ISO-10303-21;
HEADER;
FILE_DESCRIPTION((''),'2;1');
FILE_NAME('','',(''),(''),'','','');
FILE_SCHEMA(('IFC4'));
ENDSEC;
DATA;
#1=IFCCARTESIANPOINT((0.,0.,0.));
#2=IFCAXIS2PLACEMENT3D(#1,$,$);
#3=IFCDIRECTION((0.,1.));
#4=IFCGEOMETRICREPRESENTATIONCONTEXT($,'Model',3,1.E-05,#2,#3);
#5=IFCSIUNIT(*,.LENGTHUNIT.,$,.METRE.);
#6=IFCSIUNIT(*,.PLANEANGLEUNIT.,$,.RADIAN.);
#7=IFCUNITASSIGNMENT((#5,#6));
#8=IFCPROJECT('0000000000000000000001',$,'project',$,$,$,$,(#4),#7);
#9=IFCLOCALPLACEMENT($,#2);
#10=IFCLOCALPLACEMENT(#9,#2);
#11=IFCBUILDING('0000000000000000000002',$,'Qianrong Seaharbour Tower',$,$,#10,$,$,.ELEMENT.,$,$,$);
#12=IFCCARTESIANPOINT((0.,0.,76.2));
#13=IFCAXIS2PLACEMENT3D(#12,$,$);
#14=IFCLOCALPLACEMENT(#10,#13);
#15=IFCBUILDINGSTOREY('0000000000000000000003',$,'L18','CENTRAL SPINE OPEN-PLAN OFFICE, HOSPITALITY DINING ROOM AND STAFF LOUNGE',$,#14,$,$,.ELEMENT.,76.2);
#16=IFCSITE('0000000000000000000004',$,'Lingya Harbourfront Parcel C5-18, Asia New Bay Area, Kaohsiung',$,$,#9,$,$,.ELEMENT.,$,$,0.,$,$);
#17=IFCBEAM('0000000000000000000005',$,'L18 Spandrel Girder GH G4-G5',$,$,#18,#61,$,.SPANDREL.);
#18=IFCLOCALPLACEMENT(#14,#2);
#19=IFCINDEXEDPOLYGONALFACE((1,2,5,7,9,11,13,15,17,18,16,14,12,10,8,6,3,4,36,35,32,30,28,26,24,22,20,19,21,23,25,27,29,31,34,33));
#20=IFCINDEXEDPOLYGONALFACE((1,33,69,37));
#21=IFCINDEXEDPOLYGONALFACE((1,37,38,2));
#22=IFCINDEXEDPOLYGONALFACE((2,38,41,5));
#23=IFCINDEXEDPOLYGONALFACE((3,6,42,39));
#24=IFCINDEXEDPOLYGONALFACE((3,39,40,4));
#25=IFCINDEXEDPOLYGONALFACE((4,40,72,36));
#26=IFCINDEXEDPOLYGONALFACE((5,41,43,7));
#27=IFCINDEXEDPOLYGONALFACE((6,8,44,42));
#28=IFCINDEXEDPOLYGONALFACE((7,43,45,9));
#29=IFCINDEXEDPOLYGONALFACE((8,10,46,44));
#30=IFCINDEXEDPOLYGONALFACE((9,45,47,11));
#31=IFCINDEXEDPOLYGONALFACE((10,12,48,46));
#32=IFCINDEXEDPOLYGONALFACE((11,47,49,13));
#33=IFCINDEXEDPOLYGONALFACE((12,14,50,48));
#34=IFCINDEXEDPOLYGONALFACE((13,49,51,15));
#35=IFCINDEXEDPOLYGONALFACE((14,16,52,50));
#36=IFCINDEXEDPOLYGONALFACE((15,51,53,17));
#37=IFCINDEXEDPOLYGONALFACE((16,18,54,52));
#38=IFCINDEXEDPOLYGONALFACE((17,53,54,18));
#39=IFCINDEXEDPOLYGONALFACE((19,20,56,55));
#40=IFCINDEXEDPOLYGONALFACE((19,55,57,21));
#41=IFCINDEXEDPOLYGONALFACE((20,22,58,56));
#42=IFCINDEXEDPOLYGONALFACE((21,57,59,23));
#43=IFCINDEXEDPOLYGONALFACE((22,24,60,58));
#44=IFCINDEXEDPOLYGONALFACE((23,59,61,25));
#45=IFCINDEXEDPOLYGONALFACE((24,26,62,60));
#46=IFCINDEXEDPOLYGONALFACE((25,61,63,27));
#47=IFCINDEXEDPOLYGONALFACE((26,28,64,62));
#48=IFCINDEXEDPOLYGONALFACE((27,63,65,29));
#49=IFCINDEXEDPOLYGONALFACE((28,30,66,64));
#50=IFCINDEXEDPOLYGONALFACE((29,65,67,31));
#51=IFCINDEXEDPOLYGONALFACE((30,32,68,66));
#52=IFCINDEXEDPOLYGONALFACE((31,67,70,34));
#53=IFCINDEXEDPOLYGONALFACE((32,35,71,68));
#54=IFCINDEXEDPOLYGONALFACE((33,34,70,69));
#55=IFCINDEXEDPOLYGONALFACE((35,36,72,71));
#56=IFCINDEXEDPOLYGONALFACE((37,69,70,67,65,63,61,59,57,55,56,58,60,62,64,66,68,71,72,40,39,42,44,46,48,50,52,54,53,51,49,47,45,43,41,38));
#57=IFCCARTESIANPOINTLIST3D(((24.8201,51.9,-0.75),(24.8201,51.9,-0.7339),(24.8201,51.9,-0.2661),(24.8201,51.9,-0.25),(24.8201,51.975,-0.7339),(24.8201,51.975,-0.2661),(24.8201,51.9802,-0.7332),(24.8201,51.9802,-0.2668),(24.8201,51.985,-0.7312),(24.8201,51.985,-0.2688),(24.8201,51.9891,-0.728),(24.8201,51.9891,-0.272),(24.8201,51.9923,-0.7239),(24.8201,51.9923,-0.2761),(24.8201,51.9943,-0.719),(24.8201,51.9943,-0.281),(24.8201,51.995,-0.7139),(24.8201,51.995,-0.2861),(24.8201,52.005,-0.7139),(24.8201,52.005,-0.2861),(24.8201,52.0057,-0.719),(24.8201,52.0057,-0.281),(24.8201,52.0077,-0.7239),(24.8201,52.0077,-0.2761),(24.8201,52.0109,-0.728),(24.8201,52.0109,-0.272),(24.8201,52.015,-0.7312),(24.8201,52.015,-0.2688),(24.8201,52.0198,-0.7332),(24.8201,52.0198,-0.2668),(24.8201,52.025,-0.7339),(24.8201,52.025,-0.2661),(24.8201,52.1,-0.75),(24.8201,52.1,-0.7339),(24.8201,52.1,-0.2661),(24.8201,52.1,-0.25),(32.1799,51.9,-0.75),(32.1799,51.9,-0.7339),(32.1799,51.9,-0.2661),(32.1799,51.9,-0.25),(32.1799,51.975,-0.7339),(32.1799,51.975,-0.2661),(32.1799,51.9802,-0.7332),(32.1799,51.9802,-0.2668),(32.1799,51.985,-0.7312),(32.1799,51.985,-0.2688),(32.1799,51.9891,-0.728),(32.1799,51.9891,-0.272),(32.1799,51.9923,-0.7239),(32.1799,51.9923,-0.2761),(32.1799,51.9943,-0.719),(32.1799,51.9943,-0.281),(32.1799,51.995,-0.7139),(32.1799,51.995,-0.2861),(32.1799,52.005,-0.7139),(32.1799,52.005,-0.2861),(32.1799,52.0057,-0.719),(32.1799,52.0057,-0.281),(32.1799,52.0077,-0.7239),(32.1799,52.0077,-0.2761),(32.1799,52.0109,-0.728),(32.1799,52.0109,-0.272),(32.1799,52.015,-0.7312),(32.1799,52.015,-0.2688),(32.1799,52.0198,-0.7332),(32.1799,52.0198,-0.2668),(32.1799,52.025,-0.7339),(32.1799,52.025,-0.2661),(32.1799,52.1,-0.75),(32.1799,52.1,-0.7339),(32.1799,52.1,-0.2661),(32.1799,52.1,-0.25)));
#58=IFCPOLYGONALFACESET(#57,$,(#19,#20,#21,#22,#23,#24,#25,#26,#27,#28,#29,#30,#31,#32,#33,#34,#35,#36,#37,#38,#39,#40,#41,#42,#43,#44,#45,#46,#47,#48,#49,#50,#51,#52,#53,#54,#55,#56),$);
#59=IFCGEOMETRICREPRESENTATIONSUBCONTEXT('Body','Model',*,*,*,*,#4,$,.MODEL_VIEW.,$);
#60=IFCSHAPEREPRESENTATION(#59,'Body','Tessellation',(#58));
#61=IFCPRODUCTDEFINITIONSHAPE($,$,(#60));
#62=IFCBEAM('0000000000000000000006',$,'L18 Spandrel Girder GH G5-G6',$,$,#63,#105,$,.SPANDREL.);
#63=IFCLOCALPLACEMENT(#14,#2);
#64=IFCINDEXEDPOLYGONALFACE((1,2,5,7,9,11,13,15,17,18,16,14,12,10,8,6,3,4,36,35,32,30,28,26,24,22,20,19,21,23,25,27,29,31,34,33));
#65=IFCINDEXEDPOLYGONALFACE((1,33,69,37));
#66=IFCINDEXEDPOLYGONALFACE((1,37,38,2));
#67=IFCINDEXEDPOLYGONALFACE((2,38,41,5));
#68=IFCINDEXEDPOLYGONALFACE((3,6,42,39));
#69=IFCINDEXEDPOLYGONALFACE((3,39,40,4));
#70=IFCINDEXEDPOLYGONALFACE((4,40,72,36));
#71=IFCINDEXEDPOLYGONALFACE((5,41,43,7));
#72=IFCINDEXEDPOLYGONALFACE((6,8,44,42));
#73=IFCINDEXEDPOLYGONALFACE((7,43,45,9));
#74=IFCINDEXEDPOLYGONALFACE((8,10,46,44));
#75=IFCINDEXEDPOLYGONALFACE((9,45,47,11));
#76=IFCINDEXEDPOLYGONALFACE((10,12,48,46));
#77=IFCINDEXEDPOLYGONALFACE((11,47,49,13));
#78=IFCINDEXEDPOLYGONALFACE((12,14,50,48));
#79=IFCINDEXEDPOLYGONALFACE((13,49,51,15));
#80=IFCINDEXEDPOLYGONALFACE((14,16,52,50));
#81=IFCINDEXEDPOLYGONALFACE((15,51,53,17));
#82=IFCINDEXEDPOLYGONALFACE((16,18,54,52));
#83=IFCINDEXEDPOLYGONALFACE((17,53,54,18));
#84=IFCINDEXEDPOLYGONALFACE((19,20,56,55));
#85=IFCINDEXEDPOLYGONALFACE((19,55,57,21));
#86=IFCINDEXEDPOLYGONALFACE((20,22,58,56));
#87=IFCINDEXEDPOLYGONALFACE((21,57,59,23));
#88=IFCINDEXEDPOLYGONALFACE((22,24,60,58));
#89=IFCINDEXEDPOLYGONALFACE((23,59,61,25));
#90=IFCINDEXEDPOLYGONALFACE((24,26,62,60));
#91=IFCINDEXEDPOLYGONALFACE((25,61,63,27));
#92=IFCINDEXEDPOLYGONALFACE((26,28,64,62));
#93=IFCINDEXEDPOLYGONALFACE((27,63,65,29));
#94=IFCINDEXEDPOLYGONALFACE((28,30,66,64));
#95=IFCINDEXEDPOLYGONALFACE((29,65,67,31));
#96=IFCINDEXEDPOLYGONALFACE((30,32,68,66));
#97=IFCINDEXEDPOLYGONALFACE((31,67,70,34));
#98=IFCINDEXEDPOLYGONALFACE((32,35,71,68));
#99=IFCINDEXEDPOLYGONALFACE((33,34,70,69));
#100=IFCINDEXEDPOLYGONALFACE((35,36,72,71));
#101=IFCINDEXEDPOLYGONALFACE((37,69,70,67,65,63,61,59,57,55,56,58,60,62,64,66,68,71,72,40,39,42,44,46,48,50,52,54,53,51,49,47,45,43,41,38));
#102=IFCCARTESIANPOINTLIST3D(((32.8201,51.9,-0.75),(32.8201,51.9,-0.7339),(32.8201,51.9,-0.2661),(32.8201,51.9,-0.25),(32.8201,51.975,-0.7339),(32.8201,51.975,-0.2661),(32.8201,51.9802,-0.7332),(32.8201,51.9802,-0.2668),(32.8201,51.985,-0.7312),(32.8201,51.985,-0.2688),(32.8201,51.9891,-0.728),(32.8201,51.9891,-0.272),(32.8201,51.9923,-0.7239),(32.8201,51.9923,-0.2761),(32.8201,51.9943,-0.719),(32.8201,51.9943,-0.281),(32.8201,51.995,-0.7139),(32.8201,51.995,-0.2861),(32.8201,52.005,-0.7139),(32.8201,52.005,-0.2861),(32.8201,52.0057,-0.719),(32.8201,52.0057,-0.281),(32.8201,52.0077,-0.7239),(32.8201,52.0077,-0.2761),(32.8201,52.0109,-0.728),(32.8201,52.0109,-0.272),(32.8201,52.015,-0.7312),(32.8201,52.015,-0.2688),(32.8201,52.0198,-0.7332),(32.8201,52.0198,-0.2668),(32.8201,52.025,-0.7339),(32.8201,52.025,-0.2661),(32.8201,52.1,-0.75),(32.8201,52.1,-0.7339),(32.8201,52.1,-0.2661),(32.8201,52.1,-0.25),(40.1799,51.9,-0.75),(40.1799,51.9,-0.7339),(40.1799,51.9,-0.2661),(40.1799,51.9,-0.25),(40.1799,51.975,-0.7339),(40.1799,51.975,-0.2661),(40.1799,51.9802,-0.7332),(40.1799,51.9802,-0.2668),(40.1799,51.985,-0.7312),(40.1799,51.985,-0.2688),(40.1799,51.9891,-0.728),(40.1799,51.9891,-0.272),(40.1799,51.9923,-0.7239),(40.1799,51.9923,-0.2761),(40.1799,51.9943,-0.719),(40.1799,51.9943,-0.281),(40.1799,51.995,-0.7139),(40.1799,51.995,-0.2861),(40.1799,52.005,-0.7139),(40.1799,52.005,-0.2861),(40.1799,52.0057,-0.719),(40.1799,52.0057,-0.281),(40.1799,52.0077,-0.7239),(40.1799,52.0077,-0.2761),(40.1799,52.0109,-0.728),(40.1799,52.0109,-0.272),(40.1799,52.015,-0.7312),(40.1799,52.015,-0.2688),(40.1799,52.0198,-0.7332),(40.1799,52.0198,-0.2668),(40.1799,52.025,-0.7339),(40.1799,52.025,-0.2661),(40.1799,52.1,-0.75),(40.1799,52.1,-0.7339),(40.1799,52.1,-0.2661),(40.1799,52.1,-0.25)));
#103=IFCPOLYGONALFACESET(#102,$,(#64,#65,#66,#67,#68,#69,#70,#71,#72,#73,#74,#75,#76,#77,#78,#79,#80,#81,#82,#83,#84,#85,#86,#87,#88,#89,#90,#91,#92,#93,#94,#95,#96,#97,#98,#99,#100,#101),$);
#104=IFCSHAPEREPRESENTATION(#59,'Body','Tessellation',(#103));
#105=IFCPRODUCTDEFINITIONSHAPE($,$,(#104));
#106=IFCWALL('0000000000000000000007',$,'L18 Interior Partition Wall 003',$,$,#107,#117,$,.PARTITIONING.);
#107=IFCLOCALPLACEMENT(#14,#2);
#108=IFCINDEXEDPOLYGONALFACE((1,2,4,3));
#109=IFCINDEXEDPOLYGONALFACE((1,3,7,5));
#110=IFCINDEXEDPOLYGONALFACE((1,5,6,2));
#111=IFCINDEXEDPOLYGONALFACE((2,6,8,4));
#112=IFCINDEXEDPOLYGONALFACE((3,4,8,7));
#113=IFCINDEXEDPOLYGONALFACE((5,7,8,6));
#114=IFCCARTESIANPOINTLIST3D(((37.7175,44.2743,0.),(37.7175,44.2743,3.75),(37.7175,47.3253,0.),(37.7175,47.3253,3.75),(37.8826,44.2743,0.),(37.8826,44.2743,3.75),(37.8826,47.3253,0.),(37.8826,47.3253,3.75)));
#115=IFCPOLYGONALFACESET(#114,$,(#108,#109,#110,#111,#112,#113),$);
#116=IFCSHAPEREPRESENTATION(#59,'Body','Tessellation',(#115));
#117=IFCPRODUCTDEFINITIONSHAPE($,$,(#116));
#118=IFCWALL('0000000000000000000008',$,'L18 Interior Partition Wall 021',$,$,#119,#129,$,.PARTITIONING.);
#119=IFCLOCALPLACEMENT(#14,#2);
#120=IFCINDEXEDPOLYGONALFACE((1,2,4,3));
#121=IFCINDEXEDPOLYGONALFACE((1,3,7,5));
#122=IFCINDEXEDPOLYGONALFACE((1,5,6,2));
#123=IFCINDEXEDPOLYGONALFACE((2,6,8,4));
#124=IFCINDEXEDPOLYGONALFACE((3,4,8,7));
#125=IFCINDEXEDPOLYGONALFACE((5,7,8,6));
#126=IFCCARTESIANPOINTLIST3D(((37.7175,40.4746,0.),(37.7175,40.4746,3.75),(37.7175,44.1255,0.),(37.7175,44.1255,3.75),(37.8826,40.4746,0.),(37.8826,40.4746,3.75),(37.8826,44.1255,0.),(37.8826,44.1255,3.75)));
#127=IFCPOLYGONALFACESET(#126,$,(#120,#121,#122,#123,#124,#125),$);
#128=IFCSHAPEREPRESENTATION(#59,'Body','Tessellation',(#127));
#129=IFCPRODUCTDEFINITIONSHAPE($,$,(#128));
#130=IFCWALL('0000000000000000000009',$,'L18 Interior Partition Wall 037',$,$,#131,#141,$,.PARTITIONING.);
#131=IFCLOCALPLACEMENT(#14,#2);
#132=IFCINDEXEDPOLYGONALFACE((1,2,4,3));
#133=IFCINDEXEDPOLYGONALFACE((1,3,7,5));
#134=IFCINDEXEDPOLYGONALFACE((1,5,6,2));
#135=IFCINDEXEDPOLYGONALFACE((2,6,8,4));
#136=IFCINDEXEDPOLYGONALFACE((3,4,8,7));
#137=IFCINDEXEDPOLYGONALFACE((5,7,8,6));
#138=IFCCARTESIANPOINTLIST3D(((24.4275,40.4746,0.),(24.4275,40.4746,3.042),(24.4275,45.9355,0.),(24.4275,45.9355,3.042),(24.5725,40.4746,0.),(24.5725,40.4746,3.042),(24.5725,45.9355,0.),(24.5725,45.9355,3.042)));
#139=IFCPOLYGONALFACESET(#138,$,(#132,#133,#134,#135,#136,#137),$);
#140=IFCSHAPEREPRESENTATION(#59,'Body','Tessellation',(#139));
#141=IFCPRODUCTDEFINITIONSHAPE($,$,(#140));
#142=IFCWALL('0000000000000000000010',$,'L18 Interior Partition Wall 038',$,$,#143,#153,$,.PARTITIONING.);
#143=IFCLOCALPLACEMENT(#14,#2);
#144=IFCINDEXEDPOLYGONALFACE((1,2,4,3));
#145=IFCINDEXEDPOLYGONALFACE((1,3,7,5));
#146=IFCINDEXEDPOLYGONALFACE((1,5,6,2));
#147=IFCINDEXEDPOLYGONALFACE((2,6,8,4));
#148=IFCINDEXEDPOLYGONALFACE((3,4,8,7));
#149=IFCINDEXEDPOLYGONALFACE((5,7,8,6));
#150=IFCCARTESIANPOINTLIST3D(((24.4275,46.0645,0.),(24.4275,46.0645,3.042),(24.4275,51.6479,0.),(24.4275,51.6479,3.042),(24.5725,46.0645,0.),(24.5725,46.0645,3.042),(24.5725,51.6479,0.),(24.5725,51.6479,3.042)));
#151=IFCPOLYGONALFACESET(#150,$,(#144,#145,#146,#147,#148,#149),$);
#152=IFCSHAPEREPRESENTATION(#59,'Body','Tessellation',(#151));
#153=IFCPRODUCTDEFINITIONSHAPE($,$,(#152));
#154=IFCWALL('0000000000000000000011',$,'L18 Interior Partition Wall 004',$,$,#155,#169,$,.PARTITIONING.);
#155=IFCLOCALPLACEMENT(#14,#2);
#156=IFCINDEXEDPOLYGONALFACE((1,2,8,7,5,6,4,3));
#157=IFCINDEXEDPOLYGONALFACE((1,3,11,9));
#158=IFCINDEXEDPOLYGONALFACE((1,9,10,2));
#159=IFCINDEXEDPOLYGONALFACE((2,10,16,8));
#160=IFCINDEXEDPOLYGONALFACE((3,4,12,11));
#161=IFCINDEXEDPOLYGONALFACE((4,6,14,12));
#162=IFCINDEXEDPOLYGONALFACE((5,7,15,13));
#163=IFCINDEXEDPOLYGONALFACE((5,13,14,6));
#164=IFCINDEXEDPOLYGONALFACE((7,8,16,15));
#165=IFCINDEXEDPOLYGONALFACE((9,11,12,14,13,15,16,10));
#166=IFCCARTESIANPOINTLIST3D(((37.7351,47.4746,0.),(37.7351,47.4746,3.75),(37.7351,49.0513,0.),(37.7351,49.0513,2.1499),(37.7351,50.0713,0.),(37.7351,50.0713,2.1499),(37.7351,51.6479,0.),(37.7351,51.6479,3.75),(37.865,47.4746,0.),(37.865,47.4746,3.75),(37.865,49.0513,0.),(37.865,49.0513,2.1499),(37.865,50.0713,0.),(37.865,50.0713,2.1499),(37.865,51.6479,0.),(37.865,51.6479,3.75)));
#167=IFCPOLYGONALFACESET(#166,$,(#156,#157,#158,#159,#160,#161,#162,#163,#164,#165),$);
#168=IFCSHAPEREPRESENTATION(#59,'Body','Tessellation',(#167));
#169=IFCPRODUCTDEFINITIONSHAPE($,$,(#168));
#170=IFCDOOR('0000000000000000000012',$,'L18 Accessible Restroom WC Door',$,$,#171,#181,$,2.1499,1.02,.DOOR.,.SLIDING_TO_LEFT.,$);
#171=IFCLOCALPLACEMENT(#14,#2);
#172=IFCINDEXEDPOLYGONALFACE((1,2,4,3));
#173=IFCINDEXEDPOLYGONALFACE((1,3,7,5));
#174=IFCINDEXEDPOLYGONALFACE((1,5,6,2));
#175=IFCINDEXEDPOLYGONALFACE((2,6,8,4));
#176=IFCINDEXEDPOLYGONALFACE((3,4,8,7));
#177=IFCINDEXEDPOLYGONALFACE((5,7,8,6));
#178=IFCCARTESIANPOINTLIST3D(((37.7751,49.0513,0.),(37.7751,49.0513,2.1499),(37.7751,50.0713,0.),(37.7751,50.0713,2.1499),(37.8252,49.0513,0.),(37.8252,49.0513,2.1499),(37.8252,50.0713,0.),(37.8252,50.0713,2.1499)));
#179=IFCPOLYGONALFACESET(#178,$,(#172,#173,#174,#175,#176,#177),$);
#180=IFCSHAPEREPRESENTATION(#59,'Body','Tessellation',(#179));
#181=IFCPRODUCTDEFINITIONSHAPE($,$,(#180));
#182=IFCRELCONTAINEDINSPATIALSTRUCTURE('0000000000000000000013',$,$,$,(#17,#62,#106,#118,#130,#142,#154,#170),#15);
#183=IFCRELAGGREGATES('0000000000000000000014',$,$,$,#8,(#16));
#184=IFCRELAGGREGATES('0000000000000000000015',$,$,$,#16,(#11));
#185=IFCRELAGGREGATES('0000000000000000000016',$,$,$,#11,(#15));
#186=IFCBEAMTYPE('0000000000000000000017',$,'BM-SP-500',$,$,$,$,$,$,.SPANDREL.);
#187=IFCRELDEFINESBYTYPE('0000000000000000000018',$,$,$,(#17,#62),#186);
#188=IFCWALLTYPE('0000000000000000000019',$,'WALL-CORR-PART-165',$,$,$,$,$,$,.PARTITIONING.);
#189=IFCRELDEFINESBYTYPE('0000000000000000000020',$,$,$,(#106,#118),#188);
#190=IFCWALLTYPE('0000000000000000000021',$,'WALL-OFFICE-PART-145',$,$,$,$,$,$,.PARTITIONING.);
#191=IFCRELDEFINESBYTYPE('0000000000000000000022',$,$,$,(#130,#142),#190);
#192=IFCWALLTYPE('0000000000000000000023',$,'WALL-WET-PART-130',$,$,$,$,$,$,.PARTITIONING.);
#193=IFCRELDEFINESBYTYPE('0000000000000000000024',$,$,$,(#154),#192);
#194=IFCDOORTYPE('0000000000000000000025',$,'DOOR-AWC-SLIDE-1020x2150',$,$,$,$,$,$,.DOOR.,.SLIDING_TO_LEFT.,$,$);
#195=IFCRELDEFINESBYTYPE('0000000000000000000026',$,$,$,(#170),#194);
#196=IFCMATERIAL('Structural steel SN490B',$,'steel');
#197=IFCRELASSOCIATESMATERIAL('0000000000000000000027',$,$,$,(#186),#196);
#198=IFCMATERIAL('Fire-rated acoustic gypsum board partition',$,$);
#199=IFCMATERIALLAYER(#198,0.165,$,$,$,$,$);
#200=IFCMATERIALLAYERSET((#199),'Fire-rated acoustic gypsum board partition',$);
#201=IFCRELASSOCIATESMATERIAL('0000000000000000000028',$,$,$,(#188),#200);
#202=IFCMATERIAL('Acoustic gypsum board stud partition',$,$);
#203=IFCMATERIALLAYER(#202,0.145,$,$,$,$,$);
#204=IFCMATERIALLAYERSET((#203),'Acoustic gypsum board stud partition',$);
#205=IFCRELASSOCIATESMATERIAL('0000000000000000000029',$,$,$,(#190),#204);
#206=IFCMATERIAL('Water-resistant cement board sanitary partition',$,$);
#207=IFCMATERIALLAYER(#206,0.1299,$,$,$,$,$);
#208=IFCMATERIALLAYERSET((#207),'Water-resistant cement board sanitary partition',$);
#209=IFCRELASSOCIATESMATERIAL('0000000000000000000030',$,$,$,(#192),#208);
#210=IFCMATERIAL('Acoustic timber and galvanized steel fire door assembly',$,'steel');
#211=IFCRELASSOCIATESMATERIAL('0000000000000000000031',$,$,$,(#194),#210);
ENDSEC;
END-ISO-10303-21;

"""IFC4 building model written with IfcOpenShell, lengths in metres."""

from ifc_helpers import new_model, si_unit, direction, frame, frame_2d, origin, origin_2d, place, context, subcontext, project, spatial, rectangle, i_section, extrude, material, layer, layer_set, material_profile, profile_set, type_object, element, fill, save


model = new_model("IFC4")

# Units and contexts
model_context = context("Model", 3, precision=1e-05, world=origin(), true_north=direction((0.0, 1.0)))
body_context = subcontext(model_context, "Body", "Model", "MODEL_VIEW")
ifc_project = project(units=[si_unit("LENGTHUNIT", "METRE"), si_unit("PLANEANGLEUNIT", "RADIAN")], contexts=[model_context])

# Site, building, storey
site_placement = place(None, origin())
site = spatial("IfcSite", under=ifc_project, at=site_placement, Name="Lingya Harbourfront Parcel C5-18, Asia New Bay Area, Kaohsiung", CompositionType="ELEMENT", RefElevation=0.0)
building_placement = place(site_placement, origin())
building = spatial("IfcBuilding", under=site, at=building_placement, Name="Qianrong Seaharbour Tower", CompositionType="ELEMENT")
storey_placement = place(building_placement, frame((0.0, 0.0, 76.2)))
storey = spatial("IfcBuildingStorey", under=building, at=storey_placement, Name="L18", Description="CENTRAL SPINE OPEN-PLAN OFFICE, HOSPITALITY DINING ROOM AND STAFF LOUNGE", CompositionType="ELEMENT", Elevation=76.2)

# Shared definitions
ifc_material_1 = material(Name="Structural steel SN490B", Category="steel")

# Beams
ifc_material_profile_1 = material_profile(ifc_material_1, i_section(OverallWidth=0.2, OverallDepth=0.5, WebThickness=0.01, FlangeThickness=0.0161, FilletRadius=0.02, at=origin_2d()), Name="H500x200x10x16")
ifc_profile_set_1 = profile_set([ifc_material_profile_1], Name="Structural steel SN490B")
beam_type_1 = type_object("IfcBeamType", Name="BM-SP-500", PredefinedType="SPANDREL", material=ifc_profile_set_1)
for number, where, z_axis, x_axis, name in (
    (1, (24.8201, 52.0, -0.5), (1.0, 0.0, 0.0), (0.0, 1.0, 0.0), "L18 Spandrel Girder GH G4-G5"),
    (2, (32.8201, 52.0, -0.5), (1.0, 0.0, 0.0), (0.0, 1.0, 0.0), "L18 Spandrel Girder GH G5-G6"),
):
    element("IfcBeam", number, at=place(storey_placement, frame(where, z_axis=z_axis, x_axis=x_axis)), inside=storey, type_object=beam_type_1, Name=name, PredefinedType="SPANDREL", context=body_context, shape_type="SweptSolid", body=[
        extrude(i_section(OverallWidth=0.2, OverallDepth=0.5, WebThickness=0.01, FlangeThickness=0.0161, FilletRadius=0.02, at=origin_2d()), origin(), (0.0, 0.0, 1.0), 7.3599),
    ])

# Shared definitions
ifc_material_2 = material(Name="Fire-rated acoustic gypsum board partition")
ifc_layer_1 = layer(ifc_material_2, 0.165)
ifc_layer_set_1 = layer_set([ifc_layer_1], Name="Fire-rated acoustic gypsum board partition")
wall_type_1 = type_object("IfcWallType", Name="WALL-CORR-PART-165", PredefinedType="PARTITIONING", material=ifc_layer_set_1)
ifc_material_3 = material(Name="Acoustic timber and galvanized steel fire door assembly", Category="steel")

# Walls
wall_1_placement = place(storey_placement, frame((37.8, 44.2744, 0.0), z_axis=(0.0, 0.0, 1.0), x_axis=(0.0, 1.0, 0.0)))
element("IfcWall", 3, at=wall_1_placement, inside=storey, type_object=wall_type_1, Name="L18 Interior Partition Wall 003", PredefinedType="PARTITIONING", context=body_context, shape_type="SweptSolid", body=[
    extrude(rectangle(XDim=3.051, YDim=0.165, at=frame_2d((1.5254, 0.0))), origin(), (0.0, 0.0, 1.0), 3.75),
])
wall_2_placement = place(storey_placement, frame((37.8, 40.4746, 0.0), z_axis=(0.0, 0.0, 1.0), x_axis=(0.0, 1.0, 0.0)))
element("IfcWall", 4, at=wall_2_placement, inside=storey, type_object=wall_type_1, Name="L18 Interior Partition Wall 021", PredefinedType="PARTITIONING", context=body_context, shape_type="SweptSolid", body=[
    extrude(rectangle(XDim=3.6509, YDim=0.165, at=frame_2d((1.8254, 0.0))), origin(), (0.0, 0.0, 1.0), 3.75),
])
ifc_material_4 = material(Name="Acoustic gypsum board stud partition")
ifc_layer_2 = layer(ifc_material_4, 0.145)
ifc_layer_set_2 = layer_set([ifc_layer_2], Name="Acoustic gypsum board stud partition")
wall_type_2 = type_object("IfcWallType", Name="WALL-OFFICE-PART-145", PredefinedType="PARTITIONING", material=ifc_layer_set_2)
wall_3_placement = place(storey_placement, frame((24.5, 40.4746, 0.0), z_axis=(0.0, 0.0, 1.0), x_axis=(0.0, 1.0, 0.0)))
element("IfcWall", 5, at=wall_3_placement, inside=storey, type_object=wall_type_2, Name="L18 Interior Partition Wall 037", PredefinedType="PARTITIONING", context=body_context, shape_type="SweptSolid", body=[
    extrude(rectangle(XDim=5.4609, YDim=0.145, at=frame_2d((2.7305, 0.0))), origin(), (0.0, 0.0, 1.0), 3.042),
])
wall_4_placement = place(storey_placement, frame((24.5, 46.0645, 0.0), z_axis=(0.0, 0.0, 1.0), x_axis=(0.0, 1.0, 0.0)))
element("IfcWall", 6, at=wall_4_placement, inside=storey, type_object=wall_type_2, Name="L18 Interior Partition Wall 038", PredefinedType="PARTITIONING", context=body_context, shape_type="SweptSolid", body=[
    extrude(rectangle(XDim=5.5835, YDim=0.145, at=frame_2d((2.7917, 0.0))), origin(), (0.0, 0.0, 1.0), 3.042),
])

# Wall, opening, door
ifc_material_5 = material(Name="Water-resistant cement board sanitary partition")
ifc_layer_3 = layer(ifc_material_5, 0.1299)
ifc_layer_set_3 = layer_set([ifc_layer_3], Name="Water-resistant cement board sanitary partition")
wall_type_3 = type_object("IfcWallType", Name="WALL-WET-PART-130", PredefinedType="PARTITIONING", material=ifc_layer_set_3)
wall_5_placement = place(storey_placement, frame((37.8, 47.4746, 0.0), z_axis=(0.0, 0.0, 1.0), x_axis=(0.0, 1.0, 0.0)))
wall_5 = element("IfcWall", 7, at=wall_5_placement, inside=storey, type_object=wall_type_3, Name="L18 Interior Partition Wall 004", PredefinedType="PARTITIONING", context=body_context, shape_type="SweptSolid", body=[
    extrude(rectangle(XDim=4.1733, YDim=0.1299, at=frame_2d((2.0867, 0.0))), origin(), (0.0, 0.0, 1.0), 3.75),
])
opening_1_placement = place(wall_5_placement, frame((1.5767, 0.0, 0.0)))
opening_1 = element("IfcOpeningElement", 8, at=opening_1_placement, cuts=wall_5, PredefinedType="OPENING", context=body_context, shape_type="SweptSolid", body=[
    extrude(rectangle(XDim=1.02, YDim=2.1499, at=frame_2d((0.51, 1.075))), frame((0.0, 0.075, 0.0), z_axis=(0.0, -1.0, 0.0), x_axis=(1.0, 0.0, 0.0)), (0.0, 0.0, 1.0), 0.1499),
])
door_type_1 = type_object("IfcDoorType", Name="DOOR-AWC-SLIDE-1020x2150", OperationType="SLIDING_TO_LEFT", PredefinedType="DOOR", material=ifc_material_3)
door_1_placement = place(opening_1_placement, origin())
door_1 = element("IfcDoor", 9, at=door_1_placement, inside=storey, type_object=door_type_1, Name="L18 Accessible Restroom WC Door", OperationType="SLIDING_TO_LEFT", OverallHeight=2.1499, OverallWidth=1.02, PredefinedType="DOOR", context=body_context, shape_type="SweptSolid", body=[
    extrude(rectangle(XDim=1.02, YDim=2.1499, at=frame_2d((0.51, 1.075))), frame((0.0, 0.0249, 0.0), z_axis=(0.0, -1.0, 0.0), x_axis=(1.0, 0.0, 0.0)), (0.0, 0.0, 1.0), 0.05),
])
fill(opening_1, door_1)

save(model, "model.ifc")
